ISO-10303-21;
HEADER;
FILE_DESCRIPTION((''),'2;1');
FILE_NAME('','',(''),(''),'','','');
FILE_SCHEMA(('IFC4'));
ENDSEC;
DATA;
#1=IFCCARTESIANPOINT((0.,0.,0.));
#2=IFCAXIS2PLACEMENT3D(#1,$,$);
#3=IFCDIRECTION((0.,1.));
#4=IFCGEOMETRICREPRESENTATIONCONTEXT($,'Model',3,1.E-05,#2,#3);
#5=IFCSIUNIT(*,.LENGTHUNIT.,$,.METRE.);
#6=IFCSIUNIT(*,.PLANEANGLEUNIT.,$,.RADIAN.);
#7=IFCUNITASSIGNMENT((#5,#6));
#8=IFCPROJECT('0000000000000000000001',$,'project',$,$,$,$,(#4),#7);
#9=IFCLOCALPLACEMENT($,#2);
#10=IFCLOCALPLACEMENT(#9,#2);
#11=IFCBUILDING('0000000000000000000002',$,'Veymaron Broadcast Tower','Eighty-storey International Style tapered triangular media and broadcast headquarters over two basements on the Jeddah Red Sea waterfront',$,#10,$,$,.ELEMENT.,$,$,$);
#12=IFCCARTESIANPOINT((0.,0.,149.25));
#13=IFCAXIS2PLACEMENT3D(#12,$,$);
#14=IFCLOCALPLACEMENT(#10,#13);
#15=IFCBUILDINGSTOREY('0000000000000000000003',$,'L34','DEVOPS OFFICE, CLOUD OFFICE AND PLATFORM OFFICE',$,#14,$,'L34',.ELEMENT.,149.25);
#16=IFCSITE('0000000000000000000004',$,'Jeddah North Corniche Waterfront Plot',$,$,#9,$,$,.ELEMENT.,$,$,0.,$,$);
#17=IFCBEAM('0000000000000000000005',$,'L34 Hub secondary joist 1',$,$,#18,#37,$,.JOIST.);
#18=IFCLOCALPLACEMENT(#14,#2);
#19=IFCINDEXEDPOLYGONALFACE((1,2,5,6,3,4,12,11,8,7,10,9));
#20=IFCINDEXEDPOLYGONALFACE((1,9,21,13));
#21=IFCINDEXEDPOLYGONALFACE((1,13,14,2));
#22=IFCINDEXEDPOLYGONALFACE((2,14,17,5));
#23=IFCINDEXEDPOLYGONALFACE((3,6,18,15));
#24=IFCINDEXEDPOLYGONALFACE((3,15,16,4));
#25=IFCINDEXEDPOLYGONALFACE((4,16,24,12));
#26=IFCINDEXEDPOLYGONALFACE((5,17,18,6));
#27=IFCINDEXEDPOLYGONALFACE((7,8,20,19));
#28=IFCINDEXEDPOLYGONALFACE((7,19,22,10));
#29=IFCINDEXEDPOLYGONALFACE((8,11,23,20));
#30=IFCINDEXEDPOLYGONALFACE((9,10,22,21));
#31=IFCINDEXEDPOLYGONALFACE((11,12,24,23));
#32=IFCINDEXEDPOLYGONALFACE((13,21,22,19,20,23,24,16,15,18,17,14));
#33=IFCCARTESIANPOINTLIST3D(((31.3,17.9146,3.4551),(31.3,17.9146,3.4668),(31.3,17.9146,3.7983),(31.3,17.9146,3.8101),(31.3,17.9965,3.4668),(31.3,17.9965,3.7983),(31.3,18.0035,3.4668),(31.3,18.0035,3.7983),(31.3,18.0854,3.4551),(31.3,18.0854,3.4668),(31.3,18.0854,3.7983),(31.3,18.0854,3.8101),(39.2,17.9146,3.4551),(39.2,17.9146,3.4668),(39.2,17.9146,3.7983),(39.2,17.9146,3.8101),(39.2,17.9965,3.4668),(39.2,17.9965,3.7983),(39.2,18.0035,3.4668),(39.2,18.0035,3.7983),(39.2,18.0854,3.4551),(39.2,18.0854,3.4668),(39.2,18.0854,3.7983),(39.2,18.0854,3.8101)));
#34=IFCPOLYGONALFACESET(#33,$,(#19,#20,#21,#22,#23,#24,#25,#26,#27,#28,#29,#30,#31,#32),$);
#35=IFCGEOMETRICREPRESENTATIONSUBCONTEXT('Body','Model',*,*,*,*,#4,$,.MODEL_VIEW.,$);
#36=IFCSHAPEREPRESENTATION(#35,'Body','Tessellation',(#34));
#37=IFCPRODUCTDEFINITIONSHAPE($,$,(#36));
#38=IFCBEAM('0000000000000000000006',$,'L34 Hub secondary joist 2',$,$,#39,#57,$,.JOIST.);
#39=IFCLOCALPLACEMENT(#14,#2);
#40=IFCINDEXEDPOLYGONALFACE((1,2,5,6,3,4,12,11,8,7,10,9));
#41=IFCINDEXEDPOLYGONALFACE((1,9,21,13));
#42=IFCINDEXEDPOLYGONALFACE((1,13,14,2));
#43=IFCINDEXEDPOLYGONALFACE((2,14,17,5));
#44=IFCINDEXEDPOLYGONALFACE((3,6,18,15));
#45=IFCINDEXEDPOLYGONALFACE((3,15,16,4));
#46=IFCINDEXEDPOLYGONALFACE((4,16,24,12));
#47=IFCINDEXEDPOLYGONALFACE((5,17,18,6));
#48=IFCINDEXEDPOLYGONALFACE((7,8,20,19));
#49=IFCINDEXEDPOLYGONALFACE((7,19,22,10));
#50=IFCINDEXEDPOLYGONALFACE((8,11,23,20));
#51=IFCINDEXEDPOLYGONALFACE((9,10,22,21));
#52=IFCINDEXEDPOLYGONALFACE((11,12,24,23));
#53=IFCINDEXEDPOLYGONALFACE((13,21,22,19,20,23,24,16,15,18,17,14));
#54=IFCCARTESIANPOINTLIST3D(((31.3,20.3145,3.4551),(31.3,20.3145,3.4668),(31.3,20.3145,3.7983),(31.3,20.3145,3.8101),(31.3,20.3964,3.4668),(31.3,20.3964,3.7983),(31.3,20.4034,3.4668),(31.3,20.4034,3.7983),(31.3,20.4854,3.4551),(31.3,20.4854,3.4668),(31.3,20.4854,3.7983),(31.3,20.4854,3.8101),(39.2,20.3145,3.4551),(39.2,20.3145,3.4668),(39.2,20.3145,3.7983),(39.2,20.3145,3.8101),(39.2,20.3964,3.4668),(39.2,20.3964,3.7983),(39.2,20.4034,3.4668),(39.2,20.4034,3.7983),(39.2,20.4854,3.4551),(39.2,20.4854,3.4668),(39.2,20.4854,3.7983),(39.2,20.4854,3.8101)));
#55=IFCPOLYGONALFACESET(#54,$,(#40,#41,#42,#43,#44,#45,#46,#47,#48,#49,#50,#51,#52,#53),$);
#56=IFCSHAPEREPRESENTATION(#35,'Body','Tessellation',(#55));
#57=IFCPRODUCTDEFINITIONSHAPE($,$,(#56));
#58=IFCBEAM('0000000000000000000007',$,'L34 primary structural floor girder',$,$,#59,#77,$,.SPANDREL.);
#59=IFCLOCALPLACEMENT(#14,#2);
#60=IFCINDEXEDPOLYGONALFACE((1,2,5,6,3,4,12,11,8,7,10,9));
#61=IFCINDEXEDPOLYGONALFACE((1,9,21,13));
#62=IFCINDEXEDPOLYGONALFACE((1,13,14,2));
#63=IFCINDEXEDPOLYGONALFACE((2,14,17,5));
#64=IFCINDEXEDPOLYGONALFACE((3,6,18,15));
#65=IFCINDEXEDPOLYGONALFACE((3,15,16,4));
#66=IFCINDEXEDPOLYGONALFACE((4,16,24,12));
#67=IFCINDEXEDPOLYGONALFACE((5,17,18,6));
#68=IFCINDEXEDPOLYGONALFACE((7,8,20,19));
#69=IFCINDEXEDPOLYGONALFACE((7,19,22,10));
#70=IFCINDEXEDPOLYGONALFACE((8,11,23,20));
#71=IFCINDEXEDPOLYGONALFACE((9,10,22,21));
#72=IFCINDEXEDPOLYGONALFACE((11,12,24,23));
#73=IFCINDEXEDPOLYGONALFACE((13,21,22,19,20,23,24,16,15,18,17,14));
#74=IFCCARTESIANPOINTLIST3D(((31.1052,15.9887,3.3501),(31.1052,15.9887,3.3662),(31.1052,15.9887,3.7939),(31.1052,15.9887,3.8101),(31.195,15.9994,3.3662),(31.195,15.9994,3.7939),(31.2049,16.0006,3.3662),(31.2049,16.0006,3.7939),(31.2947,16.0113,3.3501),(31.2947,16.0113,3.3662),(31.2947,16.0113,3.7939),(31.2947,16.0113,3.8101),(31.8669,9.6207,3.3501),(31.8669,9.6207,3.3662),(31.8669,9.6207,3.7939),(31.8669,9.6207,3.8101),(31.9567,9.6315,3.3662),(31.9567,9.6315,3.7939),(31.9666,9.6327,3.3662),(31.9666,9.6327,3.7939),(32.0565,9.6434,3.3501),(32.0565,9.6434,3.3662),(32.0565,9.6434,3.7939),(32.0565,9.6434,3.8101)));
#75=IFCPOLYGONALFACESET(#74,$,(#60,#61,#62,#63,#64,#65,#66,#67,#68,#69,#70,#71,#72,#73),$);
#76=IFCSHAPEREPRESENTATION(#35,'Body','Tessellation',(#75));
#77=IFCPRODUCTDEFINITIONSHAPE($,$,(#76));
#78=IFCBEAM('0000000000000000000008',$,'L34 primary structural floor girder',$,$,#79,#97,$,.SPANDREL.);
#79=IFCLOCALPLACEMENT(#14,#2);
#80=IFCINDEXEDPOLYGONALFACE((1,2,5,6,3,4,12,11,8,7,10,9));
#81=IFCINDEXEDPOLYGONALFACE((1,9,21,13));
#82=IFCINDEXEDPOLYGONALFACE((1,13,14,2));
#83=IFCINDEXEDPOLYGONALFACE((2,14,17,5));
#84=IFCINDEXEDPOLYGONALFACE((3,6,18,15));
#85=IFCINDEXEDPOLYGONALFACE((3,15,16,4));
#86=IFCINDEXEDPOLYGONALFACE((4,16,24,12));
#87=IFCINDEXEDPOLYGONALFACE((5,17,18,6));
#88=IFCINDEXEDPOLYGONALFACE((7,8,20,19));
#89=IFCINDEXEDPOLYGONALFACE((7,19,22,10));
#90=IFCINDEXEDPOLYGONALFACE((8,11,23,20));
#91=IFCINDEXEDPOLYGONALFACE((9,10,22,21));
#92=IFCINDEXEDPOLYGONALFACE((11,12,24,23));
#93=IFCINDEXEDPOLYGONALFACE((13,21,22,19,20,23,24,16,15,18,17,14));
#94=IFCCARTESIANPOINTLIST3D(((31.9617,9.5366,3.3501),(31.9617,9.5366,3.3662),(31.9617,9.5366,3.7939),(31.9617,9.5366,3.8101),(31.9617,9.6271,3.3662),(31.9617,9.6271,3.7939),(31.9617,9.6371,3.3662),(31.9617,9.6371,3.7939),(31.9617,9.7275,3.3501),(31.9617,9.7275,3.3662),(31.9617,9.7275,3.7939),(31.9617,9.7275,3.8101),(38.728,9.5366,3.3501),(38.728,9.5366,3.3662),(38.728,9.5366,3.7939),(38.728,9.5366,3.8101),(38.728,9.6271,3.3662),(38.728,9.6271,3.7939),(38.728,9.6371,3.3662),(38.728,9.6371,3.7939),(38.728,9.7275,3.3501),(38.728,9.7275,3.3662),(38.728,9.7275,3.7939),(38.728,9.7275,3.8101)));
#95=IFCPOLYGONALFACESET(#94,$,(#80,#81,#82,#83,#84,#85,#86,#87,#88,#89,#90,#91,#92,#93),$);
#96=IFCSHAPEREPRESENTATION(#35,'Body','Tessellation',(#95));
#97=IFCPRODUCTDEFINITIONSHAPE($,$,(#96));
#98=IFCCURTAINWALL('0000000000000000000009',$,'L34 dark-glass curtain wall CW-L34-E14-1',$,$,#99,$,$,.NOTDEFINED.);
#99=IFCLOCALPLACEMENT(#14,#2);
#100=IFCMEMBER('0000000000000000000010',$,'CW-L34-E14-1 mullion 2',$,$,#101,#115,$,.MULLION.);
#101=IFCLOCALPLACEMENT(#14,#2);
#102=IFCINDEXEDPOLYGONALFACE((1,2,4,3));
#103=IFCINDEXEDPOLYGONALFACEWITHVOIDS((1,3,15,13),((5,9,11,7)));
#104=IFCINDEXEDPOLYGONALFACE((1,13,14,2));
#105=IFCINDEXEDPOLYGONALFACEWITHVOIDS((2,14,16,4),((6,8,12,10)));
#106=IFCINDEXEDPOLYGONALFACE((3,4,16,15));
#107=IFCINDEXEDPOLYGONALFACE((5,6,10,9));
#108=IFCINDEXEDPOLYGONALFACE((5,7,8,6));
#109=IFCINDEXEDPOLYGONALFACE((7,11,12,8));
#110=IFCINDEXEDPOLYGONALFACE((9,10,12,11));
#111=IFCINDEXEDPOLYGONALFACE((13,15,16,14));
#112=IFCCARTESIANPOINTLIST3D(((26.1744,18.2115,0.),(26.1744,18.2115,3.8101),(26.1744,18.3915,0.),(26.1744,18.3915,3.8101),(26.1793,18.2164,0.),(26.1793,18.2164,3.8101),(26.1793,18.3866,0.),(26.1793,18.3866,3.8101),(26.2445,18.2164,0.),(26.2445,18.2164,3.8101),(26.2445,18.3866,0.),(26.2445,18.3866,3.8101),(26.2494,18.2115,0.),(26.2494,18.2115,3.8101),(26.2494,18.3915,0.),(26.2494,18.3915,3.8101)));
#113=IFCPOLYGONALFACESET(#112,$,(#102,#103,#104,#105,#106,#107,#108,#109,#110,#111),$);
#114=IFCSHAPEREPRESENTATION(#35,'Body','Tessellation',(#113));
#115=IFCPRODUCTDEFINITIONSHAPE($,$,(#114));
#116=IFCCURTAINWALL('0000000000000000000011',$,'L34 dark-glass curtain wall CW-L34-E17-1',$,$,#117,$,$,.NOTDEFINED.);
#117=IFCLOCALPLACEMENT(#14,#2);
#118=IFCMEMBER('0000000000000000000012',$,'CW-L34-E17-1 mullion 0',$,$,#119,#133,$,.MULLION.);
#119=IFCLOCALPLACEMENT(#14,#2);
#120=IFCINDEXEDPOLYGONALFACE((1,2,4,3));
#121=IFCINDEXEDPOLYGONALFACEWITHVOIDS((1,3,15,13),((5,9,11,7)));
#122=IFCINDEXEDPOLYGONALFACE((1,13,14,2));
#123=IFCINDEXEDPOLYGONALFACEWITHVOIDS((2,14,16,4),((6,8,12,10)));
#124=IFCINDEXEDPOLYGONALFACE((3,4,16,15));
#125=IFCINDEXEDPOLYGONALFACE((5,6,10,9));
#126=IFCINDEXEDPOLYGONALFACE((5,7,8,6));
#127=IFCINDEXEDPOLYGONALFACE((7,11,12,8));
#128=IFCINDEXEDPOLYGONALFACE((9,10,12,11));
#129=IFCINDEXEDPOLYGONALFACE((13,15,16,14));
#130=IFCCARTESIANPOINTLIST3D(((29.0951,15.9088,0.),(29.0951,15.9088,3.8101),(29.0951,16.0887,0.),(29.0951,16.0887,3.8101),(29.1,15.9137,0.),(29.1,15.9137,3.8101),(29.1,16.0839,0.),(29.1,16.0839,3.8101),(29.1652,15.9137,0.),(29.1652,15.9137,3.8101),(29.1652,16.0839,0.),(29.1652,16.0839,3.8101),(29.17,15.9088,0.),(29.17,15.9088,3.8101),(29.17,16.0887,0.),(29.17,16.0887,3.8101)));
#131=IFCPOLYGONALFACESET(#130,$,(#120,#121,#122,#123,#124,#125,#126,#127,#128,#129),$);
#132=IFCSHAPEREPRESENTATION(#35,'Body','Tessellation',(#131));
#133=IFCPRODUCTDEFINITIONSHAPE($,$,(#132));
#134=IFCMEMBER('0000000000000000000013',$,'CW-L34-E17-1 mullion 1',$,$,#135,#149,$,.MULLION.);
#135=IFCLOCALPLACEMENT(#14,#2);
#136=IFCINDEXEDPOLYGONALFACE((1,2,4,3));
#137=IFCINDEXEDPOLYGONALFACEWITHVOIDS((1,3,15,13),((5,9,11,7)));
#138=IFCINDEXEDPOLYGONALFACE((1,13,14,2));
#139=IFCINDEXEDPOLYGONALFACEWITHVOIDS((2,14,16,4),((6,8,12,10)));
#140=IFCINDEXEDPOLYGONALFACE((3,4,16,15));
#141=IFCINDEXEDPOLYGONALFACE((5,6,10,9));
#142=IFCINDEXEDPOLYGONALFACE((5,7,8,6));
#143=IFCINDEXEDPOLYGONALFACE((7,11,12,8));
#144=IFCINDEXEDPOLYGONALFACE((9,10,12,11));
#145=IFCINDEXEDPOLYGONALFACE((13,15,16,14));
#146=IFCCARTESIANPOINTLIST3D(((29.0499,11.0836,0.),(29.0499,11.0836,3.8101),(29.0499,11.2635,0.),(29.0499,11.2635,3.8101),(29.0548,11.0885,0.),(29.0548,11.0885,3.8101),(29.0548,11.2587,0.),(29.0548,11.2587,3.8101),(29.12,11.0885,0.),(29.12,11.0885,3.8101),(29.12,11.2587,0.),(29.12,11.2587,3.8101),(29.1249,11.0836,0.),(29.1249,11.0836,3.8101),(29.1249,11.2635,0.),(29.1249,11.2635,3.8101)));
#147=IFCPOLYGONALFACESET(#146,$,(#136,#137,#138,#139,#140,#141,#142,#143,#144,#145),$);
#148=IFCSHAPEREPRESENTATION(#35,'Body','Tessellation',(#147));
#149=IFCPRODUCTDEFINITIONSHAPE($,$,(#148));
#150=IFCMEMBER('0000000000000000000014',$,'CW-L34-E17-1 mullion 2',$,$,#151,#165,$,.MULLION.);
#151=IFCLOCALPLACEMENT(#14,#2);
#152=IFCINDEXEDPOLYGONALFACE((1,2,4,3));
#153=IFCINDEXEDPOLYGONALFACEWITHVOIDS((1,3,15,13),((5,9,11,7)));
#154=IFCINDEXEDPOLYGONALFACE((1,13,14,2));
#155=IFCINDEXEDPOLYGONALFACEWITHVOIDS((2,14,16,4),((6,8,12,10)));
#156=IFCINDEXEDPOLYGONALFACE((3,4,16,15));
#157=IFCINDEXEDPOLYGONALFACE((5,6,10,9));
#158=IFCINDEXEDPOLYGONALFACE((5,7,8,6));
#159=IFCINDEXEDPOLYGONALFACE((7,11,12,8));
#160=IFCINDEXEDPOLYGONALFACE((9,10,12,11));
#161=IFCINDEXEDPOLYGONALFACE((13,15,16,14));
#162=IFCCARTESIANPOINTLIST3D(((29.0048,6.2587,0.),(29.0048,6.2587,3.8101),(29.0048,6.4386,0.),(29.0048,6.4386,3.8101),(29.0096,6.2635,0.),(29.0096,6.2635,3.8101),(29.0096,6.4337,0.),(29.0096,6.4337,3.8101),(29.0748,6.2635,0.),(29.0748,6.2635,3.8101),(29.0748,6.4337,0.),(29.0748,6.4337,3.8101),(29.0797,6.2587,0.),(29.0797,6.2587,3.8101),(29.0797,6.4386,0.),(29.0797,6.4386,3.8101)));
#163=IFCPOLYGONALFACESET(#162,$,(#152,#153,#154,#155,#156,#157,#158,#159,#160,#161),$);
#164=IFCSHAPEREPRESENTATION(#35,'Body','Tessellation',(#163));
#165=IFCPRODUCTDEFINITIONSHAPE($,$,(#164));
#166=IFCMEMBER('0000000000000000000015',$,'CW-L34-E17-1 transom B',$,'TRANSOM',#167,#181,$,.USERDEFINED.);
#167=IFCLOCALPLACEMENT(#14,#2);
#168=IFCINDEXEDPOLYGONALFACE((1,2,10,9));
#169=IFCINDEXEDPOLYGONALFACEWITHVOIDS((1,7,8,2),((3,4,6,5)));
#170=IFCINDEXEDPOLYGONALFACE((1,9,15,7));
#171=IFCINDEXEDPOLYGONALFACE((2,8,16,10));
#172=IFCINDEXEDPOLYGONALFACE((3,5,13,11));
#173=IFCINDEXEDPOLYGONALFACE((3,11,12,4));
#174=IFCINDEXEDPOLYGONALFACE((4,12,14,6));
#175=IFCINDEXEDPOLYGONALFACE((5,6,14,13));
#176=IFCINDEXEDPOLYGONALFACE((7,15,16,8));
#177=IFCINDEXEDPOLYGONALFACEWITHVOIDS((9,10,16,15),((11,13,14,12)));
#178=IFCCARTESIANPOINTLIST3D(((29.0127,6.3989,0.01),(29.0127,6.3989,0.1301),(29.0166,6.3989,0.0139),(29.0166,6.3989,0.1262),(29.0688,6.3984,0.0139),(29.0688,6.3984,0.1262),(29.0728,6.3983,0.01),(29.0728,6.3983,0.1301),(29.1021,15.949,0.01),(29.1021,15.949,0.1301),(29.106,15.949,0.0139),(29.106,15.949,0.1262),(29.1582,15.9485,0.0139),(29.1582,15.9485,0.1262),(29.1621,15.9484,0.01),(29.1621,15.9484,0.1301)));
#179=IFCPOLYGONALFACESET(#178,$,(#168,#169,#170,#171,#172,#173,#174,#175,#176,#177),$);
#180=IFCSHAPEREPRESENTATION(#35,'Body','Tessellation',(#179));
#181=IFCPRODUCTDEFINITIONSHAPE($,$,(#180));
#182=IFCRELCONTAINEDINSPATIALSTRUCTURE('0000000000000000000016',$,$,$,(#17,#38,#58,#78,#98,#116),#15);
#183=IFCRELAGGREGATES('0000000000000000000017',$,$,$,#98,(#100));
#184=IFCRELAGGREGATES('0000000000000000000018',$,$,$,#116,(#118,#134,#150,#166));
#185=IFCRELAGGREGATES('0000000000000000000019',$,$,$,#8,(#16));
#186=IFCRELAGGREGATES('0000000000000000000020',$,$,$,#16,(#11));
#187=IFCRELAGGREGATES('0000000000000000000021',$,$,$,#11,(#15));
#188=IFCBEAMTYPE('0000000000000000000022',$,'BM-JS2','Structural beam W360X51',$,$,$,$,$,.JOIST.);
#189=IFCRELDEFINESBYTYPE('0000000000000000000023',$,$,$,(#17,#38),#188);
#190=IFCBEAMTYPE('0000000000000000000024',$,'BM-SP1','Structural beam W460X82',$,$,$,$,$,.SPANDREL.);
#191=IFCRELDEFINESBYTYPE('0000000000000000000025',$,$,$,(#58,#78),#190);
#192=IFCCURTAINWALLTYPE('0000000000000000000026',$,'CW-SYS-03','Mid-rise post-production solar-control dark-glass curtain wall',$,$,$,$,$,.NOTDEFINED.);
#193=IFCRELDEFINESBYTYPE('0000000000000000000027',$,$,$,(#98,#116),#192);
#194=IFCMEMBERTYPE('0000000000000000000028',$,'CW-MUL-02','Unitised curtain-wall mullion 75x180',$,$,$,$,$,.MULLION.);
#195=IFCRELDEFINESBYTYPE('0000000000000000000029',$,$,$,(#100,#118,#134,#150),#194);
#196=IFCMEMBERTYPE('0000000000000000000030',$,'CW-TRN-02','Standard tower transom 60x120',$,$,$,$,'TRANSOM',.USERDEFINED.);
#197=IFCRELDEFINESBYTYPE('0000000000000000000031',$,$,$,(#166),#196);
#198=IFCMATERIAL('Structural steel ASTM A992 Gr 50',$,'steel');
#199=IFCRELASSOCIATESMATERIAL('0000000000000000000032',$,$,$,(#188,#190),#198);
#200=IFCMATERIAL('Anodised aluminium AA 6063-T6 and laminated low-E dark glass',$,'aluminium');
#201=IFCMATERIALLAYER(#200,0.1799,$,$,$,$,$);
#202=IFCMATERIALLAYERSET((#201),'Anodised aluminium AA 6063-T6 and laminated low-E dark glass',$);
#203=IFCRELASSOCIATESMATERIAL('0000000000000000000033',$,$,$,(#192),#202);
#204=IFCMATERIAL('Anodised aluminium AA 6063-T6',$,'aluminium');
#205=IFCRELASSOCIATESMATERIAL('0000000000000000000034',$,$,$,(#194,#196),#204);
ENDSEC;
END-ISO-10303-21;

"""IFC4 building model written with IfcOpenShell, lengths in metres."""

from ifc_helpers import new_model, si_unit, direction, frame, origin, origin_2d, place, context, subcontext, project, spatial, hollow_rectangle, i_section, extrude, material, layer, layer_set, material_profile, profile_set, type_object, element, aggregate, save


model = new_model("IFC4")

# Units and contexts
model_context = context("Model", 3, precision=1e-05, world=origin(), true_north=direction((0.0, 1.0)))
body_context = subcontext(model_context, "Body", "Model", "MODEL_VIEW")
ifc_project = project(units=[si_unit("LENGTHUNIT", "METRE"), si_unit("PLANEANGLEUNIT", "RADIAN")], contexts=[model_context])

# Site, building, storey
site_placement = place(None, origin())
site = spatial("IfcSite", under=ifc_project, at=site_placement, Name="Jeddah North Corniche Waterfront Plot", CompositionType="ELEMENT", RefElevation=0.0)
building_placement = place(site_placement, origin())
building = spatial("IfcBuilding", under=site, at=building_placement, Name="Veymaron Broadcast Tower", Description="Eighty-storey International Style tapered triangular media and broadcast headquarters over two basements on the Jeddah Red Sea waterfront", CompositionType="ELEMENT")
storey_placement = place(building_placement, frame((0.0, 0.0, 149.25)))
storey = spatial("IfcBuildingStorey", under=building, at=storey_placement, Name="L34", Description="DEVOPS OFFICE, CLOUD OFFICE AND PLATFORM OFFICE", LongName="L34", CompositionType="ELEMENT", Elevation=149.25)

# Shared definitions
ifc_material_1 = material(Name="Structural steel ASTM A992 Gr 50", Category="steel")

# Beams
ifc_material_profile_1 = material_profile(ifc_material_1, i_section(OverallWidth=0.1709, OverallDepth=0.355, WebThickness=0.0071, FlangeThickness=0.0117, at=origin_2d()), Name="W360X51")
ifc_profile_set_1 = profile_set([ifc_material_profile_1], Name="Structural steel ASTM A992 Gr 50")
beam_type_1 = type_object("IfcBeamType", Name="BM-JS2", Description="Structural beam W360X51", PredefinedType="JOIST", material=ifc_profile_set_1)
for number, where, z_axis, x_axis, name in (
    (1, (31.3, 18.0, 3.6326), (1.0, 0.0, 0.0), (0.0, 1.0, 0.0), "L34 Hub secondary joist 1"),
    (2, (31.3, 20.3999, 3.6326), (1.0, 0.0, 0.0), (0.0, 1.0, 0.0), "L34 Hub secondary joist 2"),
):
    element("IfcBeam", number, at=place(storey_placement, frame(where, z_axis=z_axis, x_axis=x_axis)), inside=storey, type_object=beam_type_1, Name=name, PredefinedType="JOIST", context=body_context, shape_type="SweptSolid", body=[
        extrude(i_section(OverallWidth=0.1709, OverallDepth=0.355, WebThickness=0.0071, FlangeThickness=0.0117, at=origin_2d()), origin(), (0.0, 0.0, 1.0), 7.8999),
    ])
ifc_material_profile_2 = material_profile(ifc_material_1, i_section(OverallWidth=0.1909, OverallDepth=0.46, WebThickness=0.01, FlangeThickness=0.0161, at=origin_2d()), Name="W460X82")
ifc_profile_set_2 = profile_set([ifc_material_profile_2], Name="Structural steel ASTM A992 Gr 50")
beam_type_2 = type_object("IfcBeamType", Name="BM-SP1", Description="Structural beam W460X82", PredefinedType="SPANDREL", material=ifc_profile_set_2)
beam_1_placement = place(storey_placement, frame((31.2, 16.0, 3.5801), z_axis=(0.118771, -0.992922, 0.0), x_axis=(0.992922, 0.118771, 0.0)))
element("IfcBeam", 3, at=beam_1_placement, inside=storey, type_object=beam_type_2, Name="L34 primary structural floor girder", PredefinedType="SPANDREL", context=body_context, shape_type="SweptSolid", body=[
    extrude(i_section(OverallWidth=0.1909, OverallDepth=0.46, WebThickness=0.01, FlangeThickness=0.0161, at=origin_2d()), origin(), (0.0, 0.0, 1.0), 6.4133),
])
beam_2_placement = place(storey_placement, frame((31.9617, 9.6321, 3.5801), z_axis=(1.0, 0.0, 0.0), x_axis=(0.0, 1.0, 0.0)))
element("IfcBeam", 4, at=beam_2_placement, inside=storey, type_object=beam_type_2, Name="L34 primary structural floor girder", PredefinedType="SPANDREL", context=body_context, shape_type="SweptSolid", body=[
    extrude(i_section(OverallWidth=0.1909, OverallDepth=0.46, WebThickness=0.01, FlangeThickness=0.0161, at=origin_2d()), origin(), (0.0, 0.0, 1.0), 6.7664),
])

# Curtain wall, member
ifc_material_2 = material(Name="Anodised aluminium AA 6063-T6 and laminated low-E dark glass", Category="aluminium")
ifc_layer_1 = layer(ifc_material_2, 0.1799)
ifc_layer_set_1 = layer_set([ifc_layer_1], Name="Anodised aluminium AA 6063-T6 and laminated low-E dark glass")
curtain_wall_type = type_object("IfcCurtainWallType", Name="CW-SYS-03", Description="Mid-rise post-production solar-control dark-glass curtain wall", PredefinedType="NOTDEFINED", material=ifc_layer_set_1)
curtain_wall_1_placement = place(storey_placement, origin())
curtain_wall_1 = element("IfcCurtainWall", 5, at=curtain_wall_1_placement, inside=storey, type_object=curtain_wall_type, Name="L34 dark-glass curtain wall CW-L34-E14-1", PredefinedType="NOTDEFINED")
ifc_material_3 = material(Name="Anodised aluminium AA 6063-T6", Category="aluminium")
ifc_material_profile_3 = material_profile(ifc_material_3, hollow_rectangle(XDim=0.075, YDim=0.1799, WallThickness=0.0049, at=origin_2d()), Name="AL180X75X5")
ifc_profile_set_3 = profile_set([ifc_material_profile_3], Name="Anodised aluminium AA 6063-T6")
member_type_1 = type_object("IfcMemberType", Name="CW-MUL-02", Description="Unitised curtain-wall mullion 75x180", PredefinedType="MULLION", material=ifc_profile_set_3)
member_1_placement = place(storey_placement, frame((26.2119, 18.3015, 0.0), z_axis=(0.0, 0.0, 1.0), x_axis=(1.0, 0.0, 0.0)))
member_1 = element("IfcMember", 6, at=member_1_placement, type_object=member_type_1, Name="CW-L34-E14-1 mullion 2", PredefinedType="MULLION", context=body_context, shape_type="SweptSolid", body=[
    extrude(hollow_rectangle(XDim=0.075, YDim=0.1799, WallThickness=0.0049, at=origin_2d()), origin(), (0.0, 0.0, 1.0), 3.8101),
])
aggregate(curtain_wall_1, [member_1])

# Curtain wall, members
curtain_wall_2_placement = place(storey_placement, origin())
curtain_wall_2 = element("IfcCurtainWall", 7, at=curtain_wall_2_placement, inside=storey, type_object=curtain_wall_type, Name="L34 dark-glass curtain wall CW-L34-E17-1", PredefinedType="NOTDEFINED")
member_2_placement = place(storey_placement, frame((29.1326, 15.9988, 0.0), z_axis=(0.0, 0.0, 1.0), x_axis=(1.0, 0.0, 0.0)))
member_2 = element("IfcMember", 8, at=member_2_placement, type_object=member_type_1, Name="CW-L34-E17-1 mullion 0", PredefinedType="MULLION", context=body_context, shape_type="SweptSolid", body=[
    extrude(hollow_rectangle(XDim=0.075, YDim=0.1799, WallThickness=0.0049, at=origin_2d()), origin(), (0.0, 0.0, 1.0), 3.8101),
])
member_3_placement = place(storey_placement, frame((29.0874, 11.1736, 0.0), z_axis=(0.0, 0.0, 1.0), x_axis=(1.0, 0.0, 0.0)))
member_3 = element("IfcMember", 9, at=member_3_placement, type_object=member_type_1, Name="CW-L34-E17-1 mullion 1", PredefinedType="MULLION", context=body_context, shape_type="SweptSolid", body=[
    extrude(hollow_rectangle(XDim=0.075, YDim=0.1799, WallThickness=0.0049, at=origin_2d()), origin(), (0.0, 0.0, 1.0), 3.8101),
])
member_4_placement = place(storey_placement, frame((29.0422, 6.3486, 0.0), z_axis=(0.0, 0.0, 1.0), x_axis=(1.0, 0.0, 0.0)))
member_4 = element("IfcMember", 10, at=member_4_placement, type_object=member_type_1, Name="CW-L34-E17-1 mullion 2", PredefinedType="MULLION", context=body_context, shape_type="SweptSolid", body=[
    extrude(hollow_rectangle(XDim=0.075, YDim=0.1799, WallThickness=0.0049, at=origin_2d()), origin(), (0.0, 0.0, 1.0), 3.8101),
])
ifc_material_profile_4 = material_profile(ifc_material_3, hollow_rectangle(XDim=0.0601, YDim=0.1201, WallThickness=0.0039, at=origin_2d()), Name="AL120X60X4")
ifc_profile_set_4 = profile_set([ifc_material_profile_4], Name="Anodised aluminium AA 6063-T6")
member_type_2 = type_object("IfcMemberType", Name="CW-TRN-02", Description="Standard tower transom 60x120", ElementType="TRANSOM", PredefinedType="USERDEFINED", material=ifc_profile_set_4)
member_5_placement = place(storey_placement, frame((29.1321, 15.9487, 0.0701), z_axis=(-0.009356, -0.999956, 0.0), x_axis=(0.999956, -0.009356, 0.0)))
member_5 = element("IfcMember", 11, at=member_5_placement, type_object=member_type_2, Name="CW-L34-E17-1 transom B", ObjectType="TRANSOM", PredefinedType="USERDEFINED", context=body_context, shape_type="SweptSolid", body=[
    extrude(hollow_rectangle(XDim=0.0601, YDim=0.1201, WallThickness=0.0039, at=origin_2d()), origin(), (0.0, 0.0, 1.0), 9.5505),
])
aggregate(curtain_wall_2, [member_2, member_3, member_4, member_5])

save(model, "model.ifc")
